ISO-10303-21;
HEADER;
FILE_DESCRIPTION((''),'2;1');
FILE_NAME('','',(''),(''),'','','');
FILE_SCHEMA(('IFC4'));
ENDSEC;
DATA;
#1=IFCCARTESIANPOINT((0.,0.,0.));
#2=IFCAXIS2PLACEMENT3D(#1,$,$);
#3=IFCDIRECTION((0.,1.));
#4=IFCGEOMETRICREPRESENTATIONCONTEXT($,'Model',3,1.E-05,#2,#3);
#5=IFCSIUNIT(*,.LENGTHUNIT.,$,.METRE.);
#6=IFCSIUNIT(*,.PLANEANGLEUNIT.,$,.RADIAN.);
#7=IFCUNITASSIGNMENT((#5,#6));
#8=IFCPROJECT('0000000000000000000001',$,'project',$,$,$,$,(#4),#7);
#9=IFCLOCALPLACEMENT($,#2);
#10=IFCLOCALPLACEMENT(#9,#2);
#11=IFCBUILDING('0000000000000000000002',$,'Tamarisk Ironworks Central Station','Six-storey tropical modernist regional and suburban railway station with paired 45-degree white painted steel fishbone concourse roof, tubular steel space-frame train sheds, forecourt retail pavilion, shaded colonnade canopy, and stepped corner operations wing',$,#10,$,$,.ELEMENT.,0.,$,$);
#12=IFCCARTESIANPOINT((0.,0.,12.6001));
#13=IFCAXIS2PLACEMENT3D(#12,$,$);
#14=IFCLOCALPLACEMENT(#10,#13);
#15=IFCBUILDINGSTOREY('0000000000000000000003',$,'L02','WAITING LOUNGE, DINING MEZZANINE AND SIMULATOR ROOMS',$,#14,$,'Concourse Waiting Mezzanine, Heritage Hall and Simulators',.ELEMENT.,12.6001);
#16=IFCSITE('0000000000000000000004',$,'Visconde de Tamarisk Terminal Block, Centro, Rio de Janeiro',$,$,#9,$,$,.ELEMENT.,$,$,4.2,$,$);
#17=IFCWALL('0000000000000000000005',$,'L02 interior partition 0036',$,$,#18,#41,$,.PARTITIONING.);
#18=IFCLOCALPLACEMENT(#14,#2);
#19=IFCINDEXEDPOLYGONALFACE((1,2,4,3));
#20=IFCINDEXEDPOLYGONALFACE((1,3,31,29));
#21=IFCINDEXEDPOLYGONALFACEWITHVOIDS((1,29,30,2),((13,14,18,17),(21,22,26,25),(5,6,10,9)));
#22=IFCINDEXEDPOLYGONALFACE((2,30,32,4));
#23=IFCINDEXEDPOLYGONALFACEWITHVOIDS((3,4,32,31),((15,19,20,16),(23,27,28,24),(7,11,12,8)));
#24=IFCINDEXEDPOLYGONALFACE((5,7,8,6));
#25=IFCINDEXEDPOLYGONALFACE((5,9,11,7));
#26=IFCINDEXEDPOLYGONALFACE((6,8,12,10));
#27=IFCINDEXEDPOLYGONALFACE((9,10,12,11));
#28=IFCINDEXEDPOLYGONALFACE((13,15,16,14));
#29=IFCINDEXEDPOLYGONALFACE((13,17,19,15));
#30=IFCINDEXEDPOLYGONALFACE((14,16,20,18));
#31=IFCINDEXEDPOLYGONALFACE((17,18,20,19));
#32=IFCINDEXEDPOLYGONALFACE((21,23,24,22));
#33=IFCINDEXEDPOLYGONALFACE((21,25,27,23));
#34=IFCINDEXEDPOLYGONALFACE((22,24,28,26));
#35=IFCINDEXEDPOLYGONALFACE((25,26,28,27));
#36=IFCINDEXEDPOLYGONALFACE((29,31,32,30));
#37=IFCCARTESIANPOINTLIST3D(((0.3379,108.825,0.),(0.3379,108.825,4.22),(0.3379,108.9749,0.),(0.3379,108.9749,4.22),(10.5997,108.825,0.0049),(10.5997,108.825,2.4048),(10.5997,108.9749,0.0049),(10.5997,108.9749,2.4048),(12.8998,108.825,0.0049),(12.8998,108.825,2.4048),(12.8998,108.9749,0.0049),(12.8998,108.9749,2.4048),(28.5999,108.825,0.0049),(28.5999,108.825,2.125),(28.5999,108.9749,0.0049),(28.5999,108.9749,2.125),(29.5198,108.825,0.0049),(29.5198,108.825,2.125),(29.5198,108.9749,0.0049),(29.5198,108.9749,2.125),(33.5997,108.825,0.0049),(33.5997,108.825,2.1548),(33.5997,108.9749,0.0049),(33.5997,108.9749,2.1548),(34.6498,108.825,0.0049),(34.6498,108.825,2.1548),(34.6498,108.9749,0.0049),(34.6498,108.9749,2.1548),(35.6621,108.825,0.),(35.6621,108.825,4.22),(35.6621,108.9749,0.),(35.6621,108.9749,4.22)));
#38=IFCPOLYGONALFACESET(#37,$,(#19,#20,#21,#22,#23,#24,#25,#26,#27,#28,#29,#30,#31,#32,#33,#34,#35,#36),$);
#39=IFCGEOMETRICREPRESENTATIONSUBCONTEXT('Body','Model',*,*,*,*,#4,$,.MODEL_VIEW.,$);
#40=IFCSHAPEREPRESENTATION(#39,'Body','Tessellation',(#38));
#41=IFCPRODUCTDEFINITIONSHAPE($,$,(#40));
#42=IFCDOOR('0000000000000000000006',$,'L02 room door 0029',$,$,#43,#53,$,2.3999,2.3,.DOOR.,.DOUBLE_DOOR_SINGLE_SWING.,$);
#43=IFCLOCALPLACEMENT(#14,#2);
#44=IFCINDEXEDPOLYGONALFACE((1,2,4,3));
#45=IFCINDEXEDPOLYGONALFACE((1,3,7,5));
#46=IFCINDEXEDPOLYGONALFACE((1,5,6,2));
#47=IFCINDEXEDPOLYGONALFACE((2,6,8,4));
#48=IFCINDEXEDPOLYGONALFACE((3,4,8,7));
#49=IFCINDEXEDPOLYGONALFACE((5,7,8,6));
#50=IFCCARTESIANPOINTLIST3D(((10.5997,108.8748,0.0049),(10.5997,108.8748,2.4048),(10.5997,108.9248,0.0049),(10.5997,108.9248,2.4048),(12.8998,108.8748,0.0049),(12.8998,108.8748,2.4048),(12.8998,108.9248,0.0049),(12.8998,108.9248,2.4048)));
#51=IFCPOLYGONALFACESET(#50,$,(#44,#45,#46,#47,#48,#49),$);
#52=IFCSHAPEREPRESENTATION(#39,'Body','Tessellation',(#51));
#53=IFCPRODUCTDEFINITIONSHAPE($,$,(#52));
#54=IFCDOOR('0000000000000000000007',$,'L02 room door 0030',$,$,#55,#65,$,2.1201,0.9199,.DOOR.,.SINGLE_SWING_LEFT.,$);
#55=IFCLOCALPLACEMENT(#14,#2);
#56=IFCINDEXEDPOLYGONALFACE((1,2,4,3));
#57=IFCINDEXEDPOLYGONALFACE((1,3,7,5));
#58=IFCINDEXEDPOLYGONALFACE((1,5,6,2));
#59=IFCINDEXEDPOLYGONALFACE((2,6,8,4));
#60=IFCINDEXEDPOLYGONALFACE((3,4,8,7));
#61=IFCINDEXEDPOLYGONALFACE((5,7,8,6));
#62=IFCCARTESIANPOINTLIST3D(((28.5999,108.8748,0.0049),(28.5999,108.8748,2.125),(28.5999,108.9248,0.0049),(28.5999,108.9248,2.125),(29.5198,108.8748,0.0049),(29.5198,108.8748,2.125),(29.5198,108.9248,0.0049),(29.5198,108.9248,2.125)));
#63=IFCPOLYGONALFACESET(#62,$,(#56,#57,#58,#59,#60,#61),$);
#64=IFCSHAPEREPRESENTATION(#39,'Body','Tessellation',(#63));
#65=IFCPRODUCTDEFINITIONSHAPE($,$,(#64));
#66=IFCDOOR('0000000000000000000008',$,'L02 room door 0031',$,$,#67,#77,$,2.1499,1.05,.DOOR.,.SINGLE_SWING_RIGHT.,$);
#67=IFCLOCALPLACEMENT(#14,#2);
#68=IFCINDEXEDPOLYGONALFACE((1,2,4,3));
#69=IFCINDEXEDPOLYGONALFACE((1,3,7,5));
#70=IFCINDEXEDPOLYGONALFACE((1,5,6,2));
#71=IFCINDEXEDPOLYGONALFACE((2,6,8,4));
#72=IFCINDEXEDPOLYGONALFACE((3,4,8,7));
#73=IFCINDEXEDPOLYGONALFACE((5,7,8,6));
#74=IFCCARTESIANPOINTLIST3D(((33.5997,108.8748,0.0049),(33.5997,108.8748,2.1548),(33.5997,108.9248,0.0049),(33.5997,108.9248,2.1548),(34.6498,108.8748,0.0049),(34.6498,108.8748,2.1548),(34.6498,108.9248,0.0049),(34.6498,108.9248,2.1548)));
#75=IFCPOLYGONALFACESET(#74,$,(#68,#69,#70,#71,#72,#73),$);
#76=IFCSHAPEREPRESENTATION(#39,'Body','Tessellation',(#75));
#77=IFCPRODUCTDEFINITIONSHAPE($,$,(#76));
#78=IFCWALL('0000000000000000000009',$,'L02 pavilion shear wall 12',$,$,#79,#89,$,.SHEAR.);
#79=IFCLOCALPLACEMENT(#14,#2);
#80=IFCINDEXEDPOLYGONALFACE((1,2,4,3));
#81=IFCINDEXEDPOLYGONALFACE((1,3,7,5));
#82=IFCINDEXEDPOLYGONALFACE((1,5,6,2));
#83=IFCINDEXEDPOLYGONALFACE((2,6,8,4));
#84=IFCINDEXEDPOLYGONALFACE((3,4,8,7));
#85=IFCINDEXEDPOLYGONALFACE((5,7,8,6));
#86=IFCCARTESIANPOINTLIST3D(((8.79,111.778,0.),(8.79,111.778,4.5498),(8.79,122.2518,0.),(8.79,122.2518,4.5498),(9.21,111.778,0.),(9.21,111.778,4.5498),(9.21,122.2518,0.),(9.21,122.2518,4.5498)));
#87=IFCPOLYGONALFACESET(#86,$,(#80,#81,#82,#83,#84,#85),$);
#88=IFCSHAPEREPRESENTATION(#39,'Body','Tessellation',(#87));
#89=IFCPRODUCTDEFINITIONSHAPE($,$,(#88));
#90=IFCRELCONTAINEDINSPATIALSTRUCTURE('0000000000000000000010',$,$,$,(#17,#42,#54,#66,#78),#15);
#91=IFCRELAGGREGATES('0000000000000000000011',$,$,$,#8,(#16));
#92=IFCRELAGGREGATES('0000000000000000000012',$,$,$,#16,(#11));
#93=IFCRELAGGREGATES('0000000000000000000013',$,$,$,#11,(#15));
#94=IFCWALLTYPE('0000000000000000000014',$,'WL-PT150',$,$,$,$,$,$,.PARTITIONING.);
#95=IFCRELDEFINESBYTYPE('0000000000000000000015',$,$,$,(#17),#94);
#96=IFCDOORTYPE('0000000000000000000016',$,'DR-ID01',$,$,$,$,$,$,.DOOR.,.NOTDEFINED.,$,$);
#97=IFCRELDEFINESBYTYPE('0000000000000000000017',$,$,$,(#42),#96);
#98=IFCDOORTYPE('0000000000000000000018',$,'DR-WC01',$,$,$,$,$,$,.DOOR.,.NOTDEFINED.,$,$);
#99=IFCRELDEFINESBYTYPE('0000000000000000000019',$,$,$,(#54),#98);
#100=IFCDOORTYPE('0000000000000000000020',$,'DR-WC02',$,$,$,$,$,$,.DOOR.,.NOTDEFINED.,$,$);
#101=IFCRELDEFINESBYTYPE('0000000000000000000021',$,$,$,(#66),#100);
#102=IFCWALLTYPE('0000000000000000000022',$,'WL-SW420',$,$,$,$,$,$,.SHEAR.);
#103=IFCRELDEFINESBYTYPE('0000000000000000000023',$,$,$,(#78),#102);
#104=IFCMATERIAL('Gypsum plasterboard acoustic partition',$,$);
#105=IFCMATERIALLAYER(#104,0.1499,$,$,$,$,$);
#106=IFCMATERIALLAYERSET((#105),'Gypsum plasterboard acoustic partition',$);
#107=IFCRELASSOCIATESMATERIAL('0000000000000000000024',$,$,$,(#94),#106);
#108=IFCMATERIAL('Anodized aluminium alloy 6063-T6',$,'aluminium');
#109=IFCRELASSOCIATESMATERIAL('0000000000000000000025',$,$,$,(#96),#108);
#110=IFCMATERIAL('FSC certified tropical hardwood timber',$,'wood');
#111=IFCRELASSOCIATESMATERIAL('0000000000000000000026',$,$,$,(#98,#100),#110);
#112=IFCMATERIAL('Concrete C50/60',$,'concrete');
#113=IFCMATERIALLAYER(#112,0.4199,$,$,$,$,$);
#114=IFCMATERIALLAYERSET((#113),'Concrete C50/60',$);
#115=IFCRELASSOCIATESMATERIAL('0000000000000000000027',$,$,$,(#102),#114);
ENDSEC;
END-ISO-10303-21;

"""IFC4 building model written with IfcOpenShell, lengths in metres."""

from ifc_helpers import new_model, si_unit, direction, frame, frame_2d, origin, place, context, subcontext, project, spatial, rectangle, extrude, material, layer, layer_set, type_object, element, fill, save


model = new_model("IFC4")

# Units and contexts
model_context = context("Model", 3, precision=1e-05, world=origin(), true_north=direction((0.0, 1.0)))
body_context = subcontext(model_context, "Body", "Model", "MODEL_VIEW")
ifc_project = project(units=[si_unit("LENGTHUNIT", "METRE"), si_unit("PLANEANGLEUNIT", "RADIAN")], contexts=[model_context])

# Site, building, storey
site_placement = place(None, origin())
site = spatial("IfcSite", under=ifc_project, at=site_placement, Name="Visconde de Tamarisk Terminal Block, Centro, Rio de Janeiro", CompositionType="ELEMENT", RefElevation=4.2)
building_placement = place(site_placement, origin())
building = spatial("IfcBuilding", under=site, at=building_placement, Name="Tamarisk Ironworks Central Station", Description="Six-storey tropical modernist regional and suburban railway station with paired 45-degree white painted steel fishbone concourse roof, tubular steel space-frame train sheds, forecourt retail pavilion, shaded colonnade canopy, and stepped corner operations wing", CompositionType="ELEMENT", ElevationOfRefHeight=0.0)
storey_placement = place(building_placement, frame((0.0, 0.0, 12.6001)))
storey = spatial("IfcBuildingStorey", under=building, at=storey_placement, Name="L02", Description="WAITING LOUNGE, DINING MEZZANINE AND SIMULATOR ROOMS", LongName="Concourse Waiting Mezzanine, Heritage Hall and Simulators", CompositionType="ELEMENT", Elevation=12.6001)

# Shared definitions
ifc_material_1 = material(Name="Gypsum plasterboard acoustic partition")
ifc_layer_1 = layer(ifc_material_1, 0.1499)
ifc_layer_set_1 = layer_set([ifc_layer_1], Name="Gypsum plasterboard acoustic partition")
wall_type_1 = type_object("IfcWallType", Name="WL-PT150", PredefinedType="PARTITIONING", material=ifc_layer_set_1)
ifc_material_2 = material(Name="Anodized aluminium alloy 6063-T6", Category="aluminium")

# Wall, openings, doors
wall_1_placement = place(storey_placement, frame((0.3379, 108.8999, 0.0), z_axis=(0.0, 0.0, 1.0), x_axis=(1.0, 0.0, 0.0)))
wall_1 = element("IfcWall", 1, at=wall_1_placement, inside=storey, type_object=wall_type_1, Name="L02 interior partition 0036", PredefinedType="PARTITIONING", context=body_context, shape_type="SweptSolid", body=[
    extrude(rectangle(XDim=35.3242, YDim=0.1499, at=frame_2d((17.6621, 0.0))), origin(), (0.0, 0.0, 1.0), 4.22),
])
opening_1_placement = place(wall_1_placement, frame((10.262, 0.0, 0.0049)))
opening_1 = element("IfcOpeningElement", 2, at=opening_1_placement, cuts=wall_1, PredefinedType="OPENING", context=body_context, shape_type="SweptSolid", body=[
    extrude(rectangle(XDim=2.3, YDim=2.3999, at=frame_2d((1.1499, 1.2))), frame((0.0, 0.0869, 0.0), z_axis=(0.0, -1.0, 0.0), x_axis=(1.0, 0.0, 0.0)), (0.0, 0.0, 1.0), 0.1738),
])
opening_2_placement = place(wall_1_placement, frame((28.262, 0.0, 0.0049)))
opening_2 = element("IfcOpeningElement", 3, at=opening_2_placement, cuts=wall_1, PredefinedType="OPENING", context=body_context, shape_type="SweptSolid", body=[
    extrude(rectangle(XDim=0.9199, YDim=2.1201, at=frame_2d((0.46, 1.0601))), frame((0.0, 0.0869, 0.0), z_axis=(0.0, -1.0, 0.0), x_axis=(1.0, 0.0, 0.0)), (0.0, 0.0, 1.0), 0.1738),
])
opening_3_placement = place(wall_1_placement, frame((33.262, 0.0, 0.0049)))
opening_3 = element("IfcOpeningElement", 4, at=opening_3_placement, cuts=wall_1, PredefinedType="OPENING", context=body_context, shape_type="SweptSolid", body=[
    extrude(rectangle(XDim=1.05, YDim=2.1499, at=frame_2d((0.5249, 1.075))), frame((0.0, 0.0869, 0.0), z_axis=(0.0, -1.0, 0.0), x_axis=(1.0, 0.0, 0.0)), (0.0, 0.0, 1.0), 0.1738),
])
door_type_1 = type_object("IfcDoorType", Name="DR-ID01", OperationType="NOTDEFINED", PredefinedType="DOOR", material=ifc_material_2)
door_1_placement = place(opening_1_placement, origin())
door_1 = element("IfcDoor", 5, at=door_1_placement, inside=storey, type_object=door_type_1, Name="L02 room door 0029", OperationType="DOUBLE_DOOR_SINGLE_SWING", OverallHeight=2.3999, OverallWidth=2.3, PredefinedType="DOOR", context=body_context, shape_type="SweptSolid", body=[
    extrude(rectangle(XDim=2.3, YDim=2.3999, at=frame_2d((1.1499, 1.2))), frame((0.0, 0.0249, 0.0), z_axis=(0.0, -1.0, 0.0), x_axis=(1.0, 0.0, 0.0)), (0.0, 0.0, 1.0), 0.05),
])
fill(opening_1, door_1)
ifc_material_3 = material(Name="FSC certified tropical hardwood timber", Category="wood")
door_type_2 = type_object("IfcDoorType", Name="DR-WC01", OperationType="NOTDEFINED", PredefinedType="DOOR", material=ifc_material_3)
door_2_placement = place(opening_2_placement, origin())
door_2 = element("IfcDoor", 6, at=door_2_placement, inside=storey, type_object=door_type_2, Name="L02 room door 0030", OperationType="SINGLE_SWING_LEFT", OverallHeight=2.1201, OverallWidth=0.9199, PredefinedType="DOOR", context=body_context, shape_type="SweptSolid", body=[
    extrude(rectangle(XDim=0.9199, YDim=2.1201, at=frame_2d((0.46, 1.0601))), frame((0.0, 0.0249, 0.0), z_axis=(0.0, -1.0, 0.0), x_axis=(1.0, 0.0, 0.0)), (0.0, 0.0, 1.0), 0.05),
])
fill(opening_2, door_2)
door_type_3 = type_object("IfcDoorType", Name="DR-WC02", OperationType="NOTDEFINED", PredefinedType="DOOR", material=ifc_material_3)
door_3_placement = place(opening_3_placement, origin())
door_3 = element("IfcDoor", 7, at=door_3_placement, inside=storey, type_object=door_type_3, Name="L02 room door 0031", OperationType="SINGLE_SWING_RIGHT", OverallHeight=2.1499, OverallWidth=1.05, PredefinedType="DOOR", context=body_context, shape_type="SweptSolid", body=[
    extrude(rectangle(XDim=1.05, YDim=2.1499, at=frame_2d((0.5249, 1.075))), frame((0.0, 0.0249, 0.0), z_axis=(0.0, -1.0, 0.0), x_axis=(1.0, 0.0, 0.0)), (0.0, 0.0, 1.0), 0.05),
])
fill(opening_3, door_3)

# Wall
ifc_material_4 = material(Name="Concrete C50/60", Category="concrete")
ifc_layer_2 = layer(ifc_material_4, 0.4199)
ifc_layer_set_2 = layer_set([ifc_layer_2], Name="Concrete C50/60")
wall_type_2 = type_object("IfcWallType", Name="WL-SW420", PredefinedType="SHEAR", material=ifc_layer_set_2)
wall_2_placement = place(storey_placement, frame((9.0, 111.7781, 0.0), z_axis=(0.0, 0.0, 1.0), x_axis=(0.0, 1.0, 0.0)))
element("IfcWall", 8, at=wall_2_placement, inside=storey, type_object=wall_type_2, Name="L02 pavilion shear wall 12", PredefinedType="SHEAR", context=body_context, shape_type="SweptSolid", body=[
    extrude(rectangle(XDim=10.4739, YDim=0.4199, at=frame_2d((5.2368, 0.0))), origin(), (0.0, 0.0, 1.0), 4.5498),
])

save(model, "model.ifc")
